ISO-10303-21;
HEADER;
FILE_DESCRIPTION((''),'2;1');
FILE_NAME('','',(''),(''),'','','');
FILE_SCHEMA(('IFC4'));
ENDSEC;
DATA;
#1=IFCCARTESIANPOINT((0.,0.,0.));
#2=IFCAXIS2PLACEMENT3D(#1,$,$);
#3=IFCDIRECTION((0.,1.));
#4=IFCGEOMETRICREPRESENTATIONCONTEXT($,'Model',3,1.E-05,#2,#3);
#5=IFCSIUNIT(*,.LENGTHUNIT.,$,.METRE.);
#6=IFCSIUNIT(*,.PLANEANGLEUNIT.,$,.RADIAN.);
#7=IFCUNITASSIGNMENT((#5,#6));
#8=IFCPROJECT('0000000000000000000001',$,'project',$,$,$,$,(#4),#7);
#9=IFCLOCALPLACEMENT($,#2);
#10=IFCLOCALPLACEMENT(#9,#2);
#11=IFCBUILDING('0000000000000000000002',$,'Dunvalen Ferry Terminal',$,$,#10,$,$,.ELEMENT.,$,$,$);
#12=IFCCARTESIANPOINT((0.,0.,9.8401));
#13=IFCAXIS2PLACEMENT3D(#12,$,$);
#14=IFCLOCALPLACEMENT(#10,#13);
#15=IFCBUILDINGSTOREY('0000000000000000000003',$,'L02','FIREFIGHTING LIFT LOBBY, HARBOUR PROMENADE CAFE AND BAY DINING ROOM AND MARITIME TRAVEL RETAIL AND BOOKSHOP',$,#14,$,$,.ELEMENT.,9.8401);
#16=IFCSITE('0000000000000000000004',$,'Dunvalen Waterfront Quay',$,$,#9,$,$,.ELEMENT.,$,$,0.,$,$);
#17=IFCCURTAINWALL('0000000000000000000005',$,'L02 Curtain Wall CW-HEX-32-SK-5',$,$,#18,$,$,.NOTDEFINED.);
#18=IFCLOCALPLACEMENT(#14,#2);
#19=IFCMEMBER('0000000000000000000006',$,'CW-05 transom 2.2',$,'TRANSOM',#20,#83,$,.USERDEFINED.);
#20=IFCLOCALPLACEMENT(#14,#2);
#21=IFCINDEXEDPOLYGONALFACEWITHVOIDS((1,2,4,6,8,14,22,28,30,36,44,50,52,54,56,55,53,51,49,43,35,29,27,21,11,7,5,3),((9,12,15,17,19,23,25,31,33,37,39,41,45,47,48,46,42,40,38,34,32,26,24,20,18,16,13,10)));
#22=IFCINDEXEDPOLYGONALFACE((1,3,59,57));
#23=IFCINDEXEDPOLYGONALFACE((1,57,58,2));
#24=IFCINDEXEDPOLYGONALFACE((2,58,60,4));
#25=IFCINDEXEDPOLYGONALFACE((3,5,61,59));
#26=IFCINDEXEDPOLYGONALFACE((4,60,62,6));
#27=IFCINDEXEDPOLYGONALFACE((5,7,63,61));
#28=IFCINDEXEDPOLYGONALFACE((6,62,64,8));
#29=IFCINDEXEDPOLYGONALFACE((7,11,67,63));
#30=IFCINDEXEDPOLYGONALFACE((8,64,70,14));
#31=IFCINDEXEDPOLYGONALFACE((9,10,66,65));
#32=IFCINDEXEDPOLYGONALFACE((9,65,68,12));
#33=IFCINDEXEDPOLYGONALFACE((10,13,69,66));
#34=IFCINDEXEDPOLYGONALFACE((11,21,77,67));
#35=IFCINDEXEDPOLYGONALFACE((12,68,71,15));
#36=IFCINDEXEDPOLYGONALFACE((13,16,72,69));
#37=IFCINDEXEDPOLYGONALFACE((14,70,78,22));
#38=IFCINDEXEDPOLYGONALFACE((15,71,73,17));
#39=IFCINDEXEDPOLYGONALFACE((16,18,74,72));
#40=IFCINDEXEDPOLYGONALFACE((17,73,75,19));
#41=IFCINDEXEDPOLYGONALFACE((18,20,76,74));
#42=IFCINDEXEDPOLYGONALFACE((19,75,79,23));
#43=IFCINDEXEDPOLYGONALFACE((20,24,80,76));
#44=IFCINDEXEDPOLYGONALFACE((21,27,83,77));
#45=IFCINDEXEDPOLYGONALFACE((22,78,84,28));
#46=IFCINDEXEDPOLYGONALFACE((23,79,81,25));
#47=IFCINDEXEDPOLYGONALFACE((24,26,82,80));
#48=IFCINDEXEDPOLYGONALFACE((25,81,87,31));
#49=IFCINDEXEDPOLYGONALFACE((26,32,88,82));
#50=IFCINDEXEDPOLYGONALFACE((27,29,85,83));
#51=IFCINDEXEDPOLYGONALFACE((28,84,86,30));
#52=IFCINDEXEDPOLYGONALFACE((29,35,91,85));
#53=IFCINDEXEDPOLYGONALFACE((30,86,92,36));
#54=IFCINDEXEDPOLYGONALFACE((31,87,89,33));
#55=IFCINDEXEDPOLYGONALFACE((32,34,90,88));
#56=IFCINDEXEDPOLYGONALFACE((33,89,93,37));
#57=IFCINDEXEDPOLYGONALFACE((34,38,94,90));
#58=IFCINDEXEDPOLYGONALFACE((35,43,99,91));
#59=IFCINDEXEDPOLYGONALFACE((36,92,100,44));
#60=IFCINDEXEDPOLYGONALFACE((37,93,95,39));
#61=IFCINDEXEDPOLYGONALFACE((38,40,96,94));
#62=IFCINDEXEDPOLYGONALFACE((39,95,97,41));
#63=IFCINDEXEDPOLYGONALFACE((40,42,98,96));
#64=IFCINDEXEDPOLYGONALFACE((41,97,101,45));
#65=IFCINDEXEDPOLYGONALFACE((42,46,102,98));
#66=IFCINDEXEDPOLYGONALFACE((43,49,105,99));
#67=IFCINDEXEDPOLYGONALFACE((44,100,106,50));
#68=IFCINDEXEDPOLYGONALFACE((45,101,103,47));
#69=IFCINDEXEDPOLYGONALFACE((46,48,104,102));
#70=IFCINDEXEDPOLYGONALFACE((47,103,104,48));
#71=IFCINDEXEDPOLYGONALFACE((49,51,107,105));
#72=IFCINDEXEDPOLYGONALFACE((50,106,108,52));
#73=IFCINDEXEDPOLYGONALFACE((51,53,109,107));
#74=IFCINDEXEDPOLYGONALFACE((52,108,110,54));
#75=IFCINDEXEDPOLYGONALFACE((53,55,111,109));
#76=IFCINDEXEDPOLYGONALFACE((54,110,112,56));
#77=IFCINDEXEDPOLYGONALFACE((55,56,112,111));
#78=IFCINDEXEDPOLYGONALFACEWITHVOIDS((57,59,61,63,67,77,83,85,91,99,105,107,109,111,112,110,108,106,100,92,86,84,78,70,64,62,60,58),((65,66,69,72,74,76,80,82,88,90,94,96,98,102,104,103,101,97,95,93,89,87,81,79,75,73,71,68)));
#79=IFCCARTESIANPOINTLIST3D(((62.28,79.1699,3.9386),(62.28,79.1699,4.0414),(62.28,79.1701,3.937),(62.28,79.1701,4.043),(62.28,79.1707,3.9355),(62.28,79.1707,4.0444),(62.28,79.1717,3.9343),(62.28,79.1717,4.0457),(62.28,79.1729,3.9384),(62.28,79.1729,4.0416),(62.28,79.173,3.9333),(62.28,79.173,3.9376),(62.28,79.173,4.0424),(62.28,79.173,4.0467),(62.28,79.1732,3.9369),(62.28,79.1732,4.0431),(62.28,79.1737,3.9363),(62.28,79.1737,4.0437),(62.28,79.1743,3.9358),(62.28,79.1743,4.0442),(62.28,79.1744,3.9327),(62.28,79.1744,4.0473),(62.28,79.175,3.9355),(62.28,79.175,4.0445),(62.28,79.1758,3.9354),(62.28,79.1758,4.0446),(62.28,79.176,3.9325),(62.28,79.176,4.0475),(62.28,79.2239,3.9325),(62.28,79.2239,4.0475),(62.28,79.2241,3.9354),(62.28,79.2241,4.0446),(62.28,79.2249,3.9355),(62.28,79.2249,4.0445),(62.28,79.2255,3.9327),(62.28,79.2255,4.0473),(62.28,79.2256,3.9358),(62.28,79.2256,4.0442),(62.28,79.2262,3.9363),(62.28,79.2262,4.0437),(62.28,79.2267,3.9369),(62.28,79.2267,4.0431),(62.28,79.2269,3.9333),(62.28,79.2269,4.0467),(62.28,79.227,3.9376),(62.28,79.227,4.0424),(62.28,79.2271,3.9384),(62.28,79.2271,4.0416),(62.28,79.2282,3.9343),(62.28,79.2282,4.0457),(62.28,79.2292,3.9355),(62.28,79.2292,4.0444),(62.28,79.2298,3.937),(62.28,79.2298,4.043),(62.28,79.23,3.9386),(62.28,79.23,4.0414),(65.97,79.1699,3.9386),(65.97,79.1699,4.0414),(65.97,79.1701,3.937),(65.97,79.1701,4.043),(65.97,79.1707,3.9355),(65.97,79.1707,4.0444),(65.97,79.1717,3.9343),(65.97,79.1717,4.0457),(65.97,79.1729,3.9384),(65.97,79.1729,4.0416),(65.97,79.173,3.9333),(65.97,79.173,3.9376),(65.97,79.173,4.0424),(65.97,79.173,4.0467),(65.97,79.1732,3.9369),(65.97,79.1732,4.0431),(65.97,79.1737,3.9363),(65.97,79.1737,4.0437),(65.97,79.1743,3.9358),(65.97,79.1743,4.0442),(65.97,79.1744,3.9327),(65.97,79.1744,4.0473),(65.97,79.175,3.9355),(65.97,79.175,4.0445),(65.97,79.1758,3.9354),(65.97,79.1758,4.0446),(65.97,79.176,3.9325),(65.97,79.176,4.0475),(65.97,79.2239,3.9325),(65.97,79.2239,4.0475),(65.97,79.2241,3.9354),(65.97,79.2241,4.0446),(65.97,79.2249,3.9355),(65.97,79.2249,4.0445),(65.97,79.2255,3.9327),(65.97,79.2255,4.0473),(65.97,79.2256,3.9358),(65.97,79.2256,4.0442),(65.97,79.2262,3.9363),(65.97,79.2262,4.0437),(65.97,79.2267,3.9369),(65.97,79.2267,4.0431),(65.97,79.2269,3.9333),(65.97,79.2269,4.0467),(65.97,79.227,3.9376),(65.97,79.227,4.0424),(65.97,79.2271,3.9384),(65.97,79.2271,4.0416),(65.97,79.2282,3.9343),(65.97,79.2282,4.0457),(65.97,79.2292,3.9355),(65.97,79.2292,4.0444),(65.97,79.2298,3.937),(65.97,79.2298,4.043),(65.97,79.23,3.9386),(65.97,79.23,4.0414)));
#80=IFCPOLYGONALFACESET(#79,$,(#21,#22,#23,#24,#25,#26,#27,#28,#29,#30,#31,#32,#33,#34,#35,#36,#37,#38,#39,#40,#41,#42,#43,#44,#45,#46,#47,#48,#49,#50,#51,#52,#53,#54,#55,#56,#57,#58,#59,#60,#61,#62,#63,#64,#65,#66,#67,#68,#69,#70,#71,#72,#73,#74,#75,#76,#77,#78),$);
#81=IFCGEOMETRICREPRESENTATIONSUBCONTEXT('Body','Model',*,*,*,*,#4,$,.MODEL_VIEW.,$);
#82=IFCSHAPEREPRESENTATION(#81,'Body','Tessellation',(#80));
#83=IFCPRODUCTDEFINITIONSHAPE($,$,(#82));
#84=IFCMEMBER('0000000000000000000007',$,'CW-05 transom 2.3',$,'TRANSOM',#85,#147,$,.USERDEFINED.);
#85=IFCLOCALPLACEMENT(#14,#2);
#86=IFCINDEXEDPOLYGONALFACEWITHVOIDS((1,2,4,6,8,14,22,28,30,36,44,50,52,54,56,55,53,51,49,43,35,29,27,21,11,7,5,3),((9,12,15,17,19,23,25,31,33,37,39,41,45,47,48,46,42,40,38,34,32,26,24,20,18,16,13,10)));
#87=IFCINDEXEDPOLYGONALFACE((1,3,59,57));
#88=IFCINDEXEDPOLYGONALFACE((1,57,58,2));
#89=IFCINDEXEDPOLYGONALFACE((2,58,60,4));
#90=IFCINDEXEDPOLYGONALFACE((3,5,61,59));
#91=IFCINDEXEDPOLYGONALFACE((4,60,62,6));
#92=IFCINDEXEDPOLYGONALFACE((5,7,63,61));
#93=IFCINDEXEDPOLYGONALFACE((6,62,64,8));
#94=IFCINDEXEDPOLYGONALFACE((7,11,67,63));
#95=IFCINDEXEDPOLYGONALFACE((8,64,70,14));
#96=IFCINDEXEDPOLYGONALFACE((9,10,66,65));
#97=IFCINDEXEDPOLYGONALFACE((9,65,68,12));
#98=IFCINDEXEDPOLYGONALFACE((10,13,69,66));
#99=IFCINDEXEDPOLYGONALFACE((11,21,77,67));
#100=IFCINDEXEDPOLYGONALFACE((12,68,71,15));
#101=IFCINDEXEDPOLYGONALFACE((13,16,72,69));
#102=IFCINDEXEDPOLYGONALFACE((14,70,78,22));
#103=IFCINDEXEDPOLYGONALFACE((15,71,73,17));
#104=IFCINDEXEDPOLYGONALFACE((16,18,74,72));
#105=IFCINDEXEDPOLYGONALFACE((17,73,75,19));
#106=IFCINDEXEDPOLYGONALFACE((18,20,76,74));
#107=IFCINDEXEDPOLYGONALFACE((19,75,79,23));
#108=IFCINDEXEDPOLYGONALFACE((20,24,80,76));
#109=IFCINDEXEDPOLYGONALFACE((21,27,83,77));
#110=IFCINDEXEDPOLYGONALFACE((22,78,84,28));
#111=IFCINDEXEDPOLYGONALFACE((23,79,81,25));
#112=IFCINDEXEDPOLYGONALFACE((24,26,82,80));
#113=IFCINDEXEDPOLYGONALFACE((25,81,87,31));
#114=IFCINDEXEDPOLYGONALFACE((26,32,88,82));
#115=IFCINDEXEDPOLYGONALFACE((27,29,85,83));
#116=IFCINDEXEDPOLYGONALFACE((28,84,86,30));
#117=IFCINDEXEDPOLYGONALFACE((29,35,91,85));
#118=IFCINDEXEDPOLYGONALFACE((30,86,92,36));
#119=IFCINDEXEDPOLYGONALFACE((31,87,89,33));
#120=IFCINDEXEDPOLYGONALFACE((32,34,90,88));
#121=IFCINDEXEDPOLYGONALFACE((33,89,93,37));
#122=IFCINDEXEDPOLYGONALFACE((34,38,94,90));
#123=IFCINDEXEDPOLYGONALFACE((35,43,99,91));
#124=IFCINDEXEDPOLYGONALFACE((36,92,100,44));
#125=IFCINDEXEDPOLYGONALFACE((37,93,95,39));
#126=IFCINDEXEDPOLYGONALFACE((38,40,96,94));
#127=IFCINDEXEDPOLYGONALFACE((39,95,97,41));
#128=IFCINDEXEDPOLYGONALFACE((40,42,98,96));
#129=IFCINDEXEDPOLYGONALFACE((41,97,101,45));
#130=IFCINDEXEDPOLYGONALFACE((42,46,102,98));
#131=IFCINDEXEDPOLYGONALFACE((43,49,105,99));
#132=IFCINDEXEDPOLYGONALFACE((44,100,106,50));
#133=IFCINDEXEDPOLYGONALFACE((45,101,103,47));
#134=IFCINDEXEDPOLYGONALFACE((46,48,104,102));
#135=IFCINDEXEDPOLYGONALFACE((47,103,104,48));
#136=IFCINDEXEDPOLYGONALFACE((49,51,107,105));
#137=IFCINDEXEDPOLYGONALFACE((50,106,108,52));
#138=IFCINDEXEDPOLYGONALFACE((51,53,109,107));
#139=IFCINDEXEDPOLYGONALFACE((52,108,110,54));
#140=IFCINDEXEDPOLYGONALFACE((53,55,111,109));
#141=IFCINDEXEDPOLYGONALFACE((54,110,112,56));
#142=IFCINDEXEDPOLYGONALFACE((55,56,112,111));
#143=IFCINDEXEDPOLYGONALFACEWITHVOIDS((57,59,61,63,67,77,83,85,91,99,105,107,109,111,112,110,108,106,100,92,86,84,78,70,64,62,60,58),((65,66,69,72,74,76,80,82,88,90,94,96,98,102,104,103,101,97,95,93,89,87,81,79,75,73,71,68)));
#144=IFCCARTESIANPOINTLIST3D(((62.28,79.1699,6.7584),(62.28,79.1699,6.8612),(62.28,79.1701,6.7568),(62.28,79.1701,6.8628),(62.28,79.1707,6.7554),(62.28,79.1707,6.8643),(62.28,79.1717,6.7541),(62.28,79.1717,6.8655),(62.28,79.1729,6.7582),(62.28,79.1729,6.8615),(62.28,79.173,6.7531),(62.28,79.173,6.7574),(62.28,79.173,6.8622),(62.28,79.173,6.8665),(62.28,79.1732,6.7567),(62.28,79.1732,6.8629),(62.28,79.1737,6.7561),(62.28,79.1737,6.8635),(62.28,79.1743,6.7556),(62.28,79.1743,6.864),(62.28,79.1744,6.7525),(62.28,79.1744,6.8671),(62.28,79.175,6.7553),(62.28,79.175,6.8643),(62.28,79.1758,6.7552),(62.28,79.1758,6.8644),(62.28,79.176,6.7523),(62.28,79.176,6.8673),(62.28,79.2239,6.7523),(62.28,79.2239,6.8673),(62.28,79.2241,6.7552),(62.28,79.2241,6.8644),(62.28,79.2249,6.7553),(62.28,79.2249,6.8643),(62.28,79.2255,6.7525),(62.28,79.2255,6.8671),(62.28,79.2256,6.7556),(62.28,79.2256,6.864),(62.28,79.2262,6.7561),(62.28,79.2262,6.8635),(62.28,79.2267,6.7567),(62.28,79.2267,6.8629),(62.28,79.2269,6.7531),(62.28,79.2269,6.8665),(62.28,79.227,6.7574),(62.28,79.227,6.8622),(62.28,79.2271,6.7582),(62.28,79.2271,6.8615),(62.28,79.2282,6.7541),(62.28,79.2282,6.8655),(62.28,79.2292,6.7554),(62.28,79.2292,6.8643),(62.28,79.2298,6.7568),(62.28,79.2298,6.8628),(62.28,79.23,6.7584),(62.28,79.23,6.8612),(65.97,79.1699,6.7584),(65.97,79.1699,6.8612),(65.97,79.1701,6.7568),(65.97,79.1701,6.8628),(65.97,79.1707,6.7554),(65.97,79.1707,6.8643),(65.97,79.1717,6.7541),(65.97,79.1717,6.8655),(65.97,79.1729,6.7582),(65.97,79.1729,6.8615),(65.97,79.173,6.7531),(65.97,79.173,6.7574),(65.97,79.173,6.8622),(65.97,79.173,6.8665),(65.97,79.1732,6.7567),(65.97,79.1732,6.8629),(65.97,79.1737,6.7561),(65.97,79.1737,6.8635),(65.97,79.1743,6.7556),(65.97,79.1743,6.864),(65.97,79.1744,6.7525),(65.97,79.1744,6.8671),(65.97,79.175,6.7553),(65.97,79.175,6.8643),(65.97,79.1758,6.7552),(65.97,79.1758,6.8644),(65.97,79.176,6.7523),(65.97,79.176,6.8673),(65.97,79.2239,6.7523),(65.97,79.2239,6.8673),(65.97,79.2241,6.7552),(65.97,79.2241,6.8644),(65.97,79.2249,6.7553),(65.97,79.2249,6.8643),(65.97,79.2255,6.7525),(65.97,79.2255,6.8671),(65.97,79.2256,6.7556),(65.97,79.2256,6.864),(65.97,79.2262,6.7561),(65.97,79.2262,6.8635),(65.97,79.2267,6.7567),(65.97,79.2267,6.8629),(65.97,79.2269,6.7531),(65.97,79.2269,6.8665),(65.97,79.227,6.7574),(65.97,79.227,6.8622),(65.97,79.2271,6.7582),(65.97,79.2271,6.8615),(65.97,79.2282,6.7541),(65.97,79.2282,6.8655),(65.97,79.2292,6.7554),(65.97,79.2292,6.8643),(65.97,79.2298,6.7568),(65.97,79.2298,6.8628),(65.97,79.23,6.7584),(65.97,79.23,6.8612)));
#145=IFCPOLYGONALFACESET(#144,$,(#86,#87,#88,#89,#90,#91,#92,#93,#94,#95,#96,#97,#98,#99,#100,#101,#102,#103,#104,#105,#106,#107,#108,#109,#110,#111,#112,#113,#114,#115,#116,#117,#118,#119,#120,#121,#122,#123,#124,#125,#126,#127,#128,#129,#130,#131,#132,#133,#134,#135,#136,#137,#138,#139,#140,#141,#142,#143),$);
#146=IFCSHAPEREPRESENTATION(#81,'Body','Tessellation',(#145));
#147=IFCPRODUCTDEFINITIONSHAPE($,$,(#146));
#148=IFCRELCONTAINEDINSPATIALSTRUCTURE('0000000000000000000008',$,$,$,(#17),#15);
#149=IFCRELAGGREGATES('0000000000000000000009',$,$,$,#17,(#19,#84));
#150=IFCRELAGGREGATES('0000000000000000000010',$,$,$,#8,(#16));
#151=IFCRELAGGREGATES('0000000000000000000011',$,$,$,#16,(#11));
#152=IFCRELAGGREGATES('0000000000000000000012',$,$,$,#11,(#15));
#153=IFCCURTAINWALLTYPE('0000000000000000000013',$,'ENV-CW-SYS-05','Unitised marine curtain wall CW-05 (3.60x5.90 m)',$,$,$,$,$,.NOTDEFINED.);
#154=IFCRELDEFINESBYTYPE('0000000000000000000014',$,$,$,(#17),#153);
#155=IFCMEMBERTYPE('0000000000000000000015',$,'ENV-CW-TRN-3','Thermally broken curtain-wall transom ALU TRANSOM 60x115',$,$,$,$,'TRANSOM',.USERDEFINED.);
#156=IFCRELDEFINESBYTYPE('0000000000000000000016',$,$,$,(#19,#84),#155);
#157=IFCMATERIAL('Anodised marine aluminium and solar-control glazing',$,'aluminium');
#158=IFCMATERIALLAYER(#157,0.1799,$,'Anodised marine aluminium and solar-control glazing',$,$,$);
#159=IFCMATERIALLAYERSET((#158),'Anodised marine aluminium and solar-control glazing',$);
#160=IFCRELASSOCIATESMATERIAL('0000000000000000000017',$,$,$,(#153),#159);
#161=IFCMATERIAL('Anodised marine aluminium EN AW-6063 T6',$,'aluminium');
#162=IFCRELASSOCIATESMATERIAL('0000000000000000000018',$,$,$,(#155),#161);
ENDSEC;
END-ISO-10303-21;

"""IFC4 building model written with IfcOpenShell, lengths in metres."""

from ifc_helpers import new_model, si_unit, direction, frame, origin, origin_2d, place, context, subcontext, project, spatial, hollow_rectangle, extrude, material, layer, layer_set, material_profile, profile_set, type_object, element, aggregate, save


model = new_model("IFC4")

# Units and contexts
model_context = context("Model", 3, precision=1e-05, world=origin(), true_north=direction((0.0, 1.0)))
body_context = subcontext(model_context, "Body", "Model", "MODEL_VIEW")
ifc_project = project(units=[si_unit("LENGTHUNIT", "METRE"), si_unit("PLANEANGLEUNIT", "RADIAN")], contexts=[model_context])

# Site, building, storey
site_placement = place(None, origin())
site = spatial("IfcSite", under=ifc_project, at=site_placement, Name="Dunvalen Waterfront Quay", CompositionType="ELEMENT", RefElevation=0.0)
building_placement = place(site_placement, origin())
building = spatial("IfcBuilding", under=site, at=building_placement, Name="Dunvalen Ferry Terminal", CompositionType="ELEMENT")
storey_placement = place(building_placement, frame((0.0, 0.0, 9.8401)))
storey = spatial("IfcBuildingStorey", under=building, at=storey_placement, Name="L02", Description="FIREFIGHTING LIFT LOBBY, HARBOUR PROMENADE CAFE AND BAY DINING ROOM AND MARITIME TRAVEL RETAIL AND BOOKSHOP", CompositionType="ELEMENT", Elevation=9.8401)

# Curtain wall
ifc_material_1 = material(Name="Anodised marine aluminium and solar-control glazing", Category="aluminium")
ifc_layer_1 = layer(ifc_material_1, 0.1799, Name="Anodised marine aluminium and solar-control glazing")
ifc_layer_set_1 = layer_set([ifc_layer_1], Name="Anodised marine aluminium and solar-control glazing")
curtain_wall_type_1 = type_object("IfcCurtainWallType", Name="ENV-CW-SYS-05", Description="Unitised marine curtain wall CW-05 (3.60x5.90 m)", PredefinedType="NOTDEFINED", material=ifc_layer_set_1)
curtain_wall_1_placement = place(storey_placement, origin())
curtain_wall_1 = element("IfcCurtainWall", 1, at=curtain_wall_1_placement, inside=storey, type_object=curtain_wall_type_1, Name="L02 Curtain Wall CW-HEX-32-SK-5", PredefinedType="NOTDEFINED")
ifc_material_2 = material(Name="Anodised marine aluminium EN AW-6063 T6", Category="aluminium")

# Members
ifc_material_profile_1 = material_profile(ifc_material_2, hollow_rectangle(XDim=0.0601, YDim=0.115, WallThickness=0.0029, InnerFilletRadius=0.0029, OuterFilletRadius=0.0061, at=origin_2d()), Name="Anodised marine aluminium EN AW-6063 T6")
ifc_profile_set_1 = profile_set([ifc_material_profile_1], Name="Anodised marine aluminium EN AW-6063 T6")
member_type_1 = type_object("IfcMemberType", Name="ENV-CW-TRN-3", Description="Thermally broken curtain-wall transom ALU TRANSOM 60x115", ElementType="TRANSOM", PredefinedType="USERDEFINED", material=ifc_profile_set_1)
member_1_placement = place(storey_placement, frame((65.97, 79.2, 3.99), z_axis=(-1.0, 0.0, 0.0), x_axis=(0.0, -1.0, 0.0)))
member_1 = element("IfcMember", 2, at=member_1_placement, type_object=member_type_1, Name="CW-05 transom 2.2", ObjectType="TRANSOM", PredefinedType="USERDEFINED", context=body_context, shape_type="SweptSolid", body=[
    extrude(hollow_rectangle(XDim=0.0601, YDim=0.115, WallThickness=0.0029, InnerFilletRadius=0.0029, OuterFilletRadius=0.0061, at=origin_2d()), origin(), (0.0, 0.0, 1.0), 3.6899),
])
member_2_placement = place(storey_placement, frame((65.97, 79.2, 6.8098), z_axis=(-1.0, 0.0, 0.0), x_axis=(0.0, -1.0, 0.0)))
member_2 = element("IfcMember", 3, at=member_2_placement, type_object=member_type_1, Name="CW-05 transom 2.3", ObjectType="TRANSOM", PredefinedType="USERDEFINED", context=body_context, shape_type="SweptSolid", body=[
    extrude(hollow_rectangle(XDim=0.0601, YDim=0.115, WallThickness=0.0029, InnerFilletRadius=0.0029, OuterFilletRadius=0.0061, at=origin_2d()), origin(), (0.0, 0.0, 1.0), 3.6899),
])

aggregate(curtain_wall_1, [member_1, member_2])

save(model, "model.ifc")
